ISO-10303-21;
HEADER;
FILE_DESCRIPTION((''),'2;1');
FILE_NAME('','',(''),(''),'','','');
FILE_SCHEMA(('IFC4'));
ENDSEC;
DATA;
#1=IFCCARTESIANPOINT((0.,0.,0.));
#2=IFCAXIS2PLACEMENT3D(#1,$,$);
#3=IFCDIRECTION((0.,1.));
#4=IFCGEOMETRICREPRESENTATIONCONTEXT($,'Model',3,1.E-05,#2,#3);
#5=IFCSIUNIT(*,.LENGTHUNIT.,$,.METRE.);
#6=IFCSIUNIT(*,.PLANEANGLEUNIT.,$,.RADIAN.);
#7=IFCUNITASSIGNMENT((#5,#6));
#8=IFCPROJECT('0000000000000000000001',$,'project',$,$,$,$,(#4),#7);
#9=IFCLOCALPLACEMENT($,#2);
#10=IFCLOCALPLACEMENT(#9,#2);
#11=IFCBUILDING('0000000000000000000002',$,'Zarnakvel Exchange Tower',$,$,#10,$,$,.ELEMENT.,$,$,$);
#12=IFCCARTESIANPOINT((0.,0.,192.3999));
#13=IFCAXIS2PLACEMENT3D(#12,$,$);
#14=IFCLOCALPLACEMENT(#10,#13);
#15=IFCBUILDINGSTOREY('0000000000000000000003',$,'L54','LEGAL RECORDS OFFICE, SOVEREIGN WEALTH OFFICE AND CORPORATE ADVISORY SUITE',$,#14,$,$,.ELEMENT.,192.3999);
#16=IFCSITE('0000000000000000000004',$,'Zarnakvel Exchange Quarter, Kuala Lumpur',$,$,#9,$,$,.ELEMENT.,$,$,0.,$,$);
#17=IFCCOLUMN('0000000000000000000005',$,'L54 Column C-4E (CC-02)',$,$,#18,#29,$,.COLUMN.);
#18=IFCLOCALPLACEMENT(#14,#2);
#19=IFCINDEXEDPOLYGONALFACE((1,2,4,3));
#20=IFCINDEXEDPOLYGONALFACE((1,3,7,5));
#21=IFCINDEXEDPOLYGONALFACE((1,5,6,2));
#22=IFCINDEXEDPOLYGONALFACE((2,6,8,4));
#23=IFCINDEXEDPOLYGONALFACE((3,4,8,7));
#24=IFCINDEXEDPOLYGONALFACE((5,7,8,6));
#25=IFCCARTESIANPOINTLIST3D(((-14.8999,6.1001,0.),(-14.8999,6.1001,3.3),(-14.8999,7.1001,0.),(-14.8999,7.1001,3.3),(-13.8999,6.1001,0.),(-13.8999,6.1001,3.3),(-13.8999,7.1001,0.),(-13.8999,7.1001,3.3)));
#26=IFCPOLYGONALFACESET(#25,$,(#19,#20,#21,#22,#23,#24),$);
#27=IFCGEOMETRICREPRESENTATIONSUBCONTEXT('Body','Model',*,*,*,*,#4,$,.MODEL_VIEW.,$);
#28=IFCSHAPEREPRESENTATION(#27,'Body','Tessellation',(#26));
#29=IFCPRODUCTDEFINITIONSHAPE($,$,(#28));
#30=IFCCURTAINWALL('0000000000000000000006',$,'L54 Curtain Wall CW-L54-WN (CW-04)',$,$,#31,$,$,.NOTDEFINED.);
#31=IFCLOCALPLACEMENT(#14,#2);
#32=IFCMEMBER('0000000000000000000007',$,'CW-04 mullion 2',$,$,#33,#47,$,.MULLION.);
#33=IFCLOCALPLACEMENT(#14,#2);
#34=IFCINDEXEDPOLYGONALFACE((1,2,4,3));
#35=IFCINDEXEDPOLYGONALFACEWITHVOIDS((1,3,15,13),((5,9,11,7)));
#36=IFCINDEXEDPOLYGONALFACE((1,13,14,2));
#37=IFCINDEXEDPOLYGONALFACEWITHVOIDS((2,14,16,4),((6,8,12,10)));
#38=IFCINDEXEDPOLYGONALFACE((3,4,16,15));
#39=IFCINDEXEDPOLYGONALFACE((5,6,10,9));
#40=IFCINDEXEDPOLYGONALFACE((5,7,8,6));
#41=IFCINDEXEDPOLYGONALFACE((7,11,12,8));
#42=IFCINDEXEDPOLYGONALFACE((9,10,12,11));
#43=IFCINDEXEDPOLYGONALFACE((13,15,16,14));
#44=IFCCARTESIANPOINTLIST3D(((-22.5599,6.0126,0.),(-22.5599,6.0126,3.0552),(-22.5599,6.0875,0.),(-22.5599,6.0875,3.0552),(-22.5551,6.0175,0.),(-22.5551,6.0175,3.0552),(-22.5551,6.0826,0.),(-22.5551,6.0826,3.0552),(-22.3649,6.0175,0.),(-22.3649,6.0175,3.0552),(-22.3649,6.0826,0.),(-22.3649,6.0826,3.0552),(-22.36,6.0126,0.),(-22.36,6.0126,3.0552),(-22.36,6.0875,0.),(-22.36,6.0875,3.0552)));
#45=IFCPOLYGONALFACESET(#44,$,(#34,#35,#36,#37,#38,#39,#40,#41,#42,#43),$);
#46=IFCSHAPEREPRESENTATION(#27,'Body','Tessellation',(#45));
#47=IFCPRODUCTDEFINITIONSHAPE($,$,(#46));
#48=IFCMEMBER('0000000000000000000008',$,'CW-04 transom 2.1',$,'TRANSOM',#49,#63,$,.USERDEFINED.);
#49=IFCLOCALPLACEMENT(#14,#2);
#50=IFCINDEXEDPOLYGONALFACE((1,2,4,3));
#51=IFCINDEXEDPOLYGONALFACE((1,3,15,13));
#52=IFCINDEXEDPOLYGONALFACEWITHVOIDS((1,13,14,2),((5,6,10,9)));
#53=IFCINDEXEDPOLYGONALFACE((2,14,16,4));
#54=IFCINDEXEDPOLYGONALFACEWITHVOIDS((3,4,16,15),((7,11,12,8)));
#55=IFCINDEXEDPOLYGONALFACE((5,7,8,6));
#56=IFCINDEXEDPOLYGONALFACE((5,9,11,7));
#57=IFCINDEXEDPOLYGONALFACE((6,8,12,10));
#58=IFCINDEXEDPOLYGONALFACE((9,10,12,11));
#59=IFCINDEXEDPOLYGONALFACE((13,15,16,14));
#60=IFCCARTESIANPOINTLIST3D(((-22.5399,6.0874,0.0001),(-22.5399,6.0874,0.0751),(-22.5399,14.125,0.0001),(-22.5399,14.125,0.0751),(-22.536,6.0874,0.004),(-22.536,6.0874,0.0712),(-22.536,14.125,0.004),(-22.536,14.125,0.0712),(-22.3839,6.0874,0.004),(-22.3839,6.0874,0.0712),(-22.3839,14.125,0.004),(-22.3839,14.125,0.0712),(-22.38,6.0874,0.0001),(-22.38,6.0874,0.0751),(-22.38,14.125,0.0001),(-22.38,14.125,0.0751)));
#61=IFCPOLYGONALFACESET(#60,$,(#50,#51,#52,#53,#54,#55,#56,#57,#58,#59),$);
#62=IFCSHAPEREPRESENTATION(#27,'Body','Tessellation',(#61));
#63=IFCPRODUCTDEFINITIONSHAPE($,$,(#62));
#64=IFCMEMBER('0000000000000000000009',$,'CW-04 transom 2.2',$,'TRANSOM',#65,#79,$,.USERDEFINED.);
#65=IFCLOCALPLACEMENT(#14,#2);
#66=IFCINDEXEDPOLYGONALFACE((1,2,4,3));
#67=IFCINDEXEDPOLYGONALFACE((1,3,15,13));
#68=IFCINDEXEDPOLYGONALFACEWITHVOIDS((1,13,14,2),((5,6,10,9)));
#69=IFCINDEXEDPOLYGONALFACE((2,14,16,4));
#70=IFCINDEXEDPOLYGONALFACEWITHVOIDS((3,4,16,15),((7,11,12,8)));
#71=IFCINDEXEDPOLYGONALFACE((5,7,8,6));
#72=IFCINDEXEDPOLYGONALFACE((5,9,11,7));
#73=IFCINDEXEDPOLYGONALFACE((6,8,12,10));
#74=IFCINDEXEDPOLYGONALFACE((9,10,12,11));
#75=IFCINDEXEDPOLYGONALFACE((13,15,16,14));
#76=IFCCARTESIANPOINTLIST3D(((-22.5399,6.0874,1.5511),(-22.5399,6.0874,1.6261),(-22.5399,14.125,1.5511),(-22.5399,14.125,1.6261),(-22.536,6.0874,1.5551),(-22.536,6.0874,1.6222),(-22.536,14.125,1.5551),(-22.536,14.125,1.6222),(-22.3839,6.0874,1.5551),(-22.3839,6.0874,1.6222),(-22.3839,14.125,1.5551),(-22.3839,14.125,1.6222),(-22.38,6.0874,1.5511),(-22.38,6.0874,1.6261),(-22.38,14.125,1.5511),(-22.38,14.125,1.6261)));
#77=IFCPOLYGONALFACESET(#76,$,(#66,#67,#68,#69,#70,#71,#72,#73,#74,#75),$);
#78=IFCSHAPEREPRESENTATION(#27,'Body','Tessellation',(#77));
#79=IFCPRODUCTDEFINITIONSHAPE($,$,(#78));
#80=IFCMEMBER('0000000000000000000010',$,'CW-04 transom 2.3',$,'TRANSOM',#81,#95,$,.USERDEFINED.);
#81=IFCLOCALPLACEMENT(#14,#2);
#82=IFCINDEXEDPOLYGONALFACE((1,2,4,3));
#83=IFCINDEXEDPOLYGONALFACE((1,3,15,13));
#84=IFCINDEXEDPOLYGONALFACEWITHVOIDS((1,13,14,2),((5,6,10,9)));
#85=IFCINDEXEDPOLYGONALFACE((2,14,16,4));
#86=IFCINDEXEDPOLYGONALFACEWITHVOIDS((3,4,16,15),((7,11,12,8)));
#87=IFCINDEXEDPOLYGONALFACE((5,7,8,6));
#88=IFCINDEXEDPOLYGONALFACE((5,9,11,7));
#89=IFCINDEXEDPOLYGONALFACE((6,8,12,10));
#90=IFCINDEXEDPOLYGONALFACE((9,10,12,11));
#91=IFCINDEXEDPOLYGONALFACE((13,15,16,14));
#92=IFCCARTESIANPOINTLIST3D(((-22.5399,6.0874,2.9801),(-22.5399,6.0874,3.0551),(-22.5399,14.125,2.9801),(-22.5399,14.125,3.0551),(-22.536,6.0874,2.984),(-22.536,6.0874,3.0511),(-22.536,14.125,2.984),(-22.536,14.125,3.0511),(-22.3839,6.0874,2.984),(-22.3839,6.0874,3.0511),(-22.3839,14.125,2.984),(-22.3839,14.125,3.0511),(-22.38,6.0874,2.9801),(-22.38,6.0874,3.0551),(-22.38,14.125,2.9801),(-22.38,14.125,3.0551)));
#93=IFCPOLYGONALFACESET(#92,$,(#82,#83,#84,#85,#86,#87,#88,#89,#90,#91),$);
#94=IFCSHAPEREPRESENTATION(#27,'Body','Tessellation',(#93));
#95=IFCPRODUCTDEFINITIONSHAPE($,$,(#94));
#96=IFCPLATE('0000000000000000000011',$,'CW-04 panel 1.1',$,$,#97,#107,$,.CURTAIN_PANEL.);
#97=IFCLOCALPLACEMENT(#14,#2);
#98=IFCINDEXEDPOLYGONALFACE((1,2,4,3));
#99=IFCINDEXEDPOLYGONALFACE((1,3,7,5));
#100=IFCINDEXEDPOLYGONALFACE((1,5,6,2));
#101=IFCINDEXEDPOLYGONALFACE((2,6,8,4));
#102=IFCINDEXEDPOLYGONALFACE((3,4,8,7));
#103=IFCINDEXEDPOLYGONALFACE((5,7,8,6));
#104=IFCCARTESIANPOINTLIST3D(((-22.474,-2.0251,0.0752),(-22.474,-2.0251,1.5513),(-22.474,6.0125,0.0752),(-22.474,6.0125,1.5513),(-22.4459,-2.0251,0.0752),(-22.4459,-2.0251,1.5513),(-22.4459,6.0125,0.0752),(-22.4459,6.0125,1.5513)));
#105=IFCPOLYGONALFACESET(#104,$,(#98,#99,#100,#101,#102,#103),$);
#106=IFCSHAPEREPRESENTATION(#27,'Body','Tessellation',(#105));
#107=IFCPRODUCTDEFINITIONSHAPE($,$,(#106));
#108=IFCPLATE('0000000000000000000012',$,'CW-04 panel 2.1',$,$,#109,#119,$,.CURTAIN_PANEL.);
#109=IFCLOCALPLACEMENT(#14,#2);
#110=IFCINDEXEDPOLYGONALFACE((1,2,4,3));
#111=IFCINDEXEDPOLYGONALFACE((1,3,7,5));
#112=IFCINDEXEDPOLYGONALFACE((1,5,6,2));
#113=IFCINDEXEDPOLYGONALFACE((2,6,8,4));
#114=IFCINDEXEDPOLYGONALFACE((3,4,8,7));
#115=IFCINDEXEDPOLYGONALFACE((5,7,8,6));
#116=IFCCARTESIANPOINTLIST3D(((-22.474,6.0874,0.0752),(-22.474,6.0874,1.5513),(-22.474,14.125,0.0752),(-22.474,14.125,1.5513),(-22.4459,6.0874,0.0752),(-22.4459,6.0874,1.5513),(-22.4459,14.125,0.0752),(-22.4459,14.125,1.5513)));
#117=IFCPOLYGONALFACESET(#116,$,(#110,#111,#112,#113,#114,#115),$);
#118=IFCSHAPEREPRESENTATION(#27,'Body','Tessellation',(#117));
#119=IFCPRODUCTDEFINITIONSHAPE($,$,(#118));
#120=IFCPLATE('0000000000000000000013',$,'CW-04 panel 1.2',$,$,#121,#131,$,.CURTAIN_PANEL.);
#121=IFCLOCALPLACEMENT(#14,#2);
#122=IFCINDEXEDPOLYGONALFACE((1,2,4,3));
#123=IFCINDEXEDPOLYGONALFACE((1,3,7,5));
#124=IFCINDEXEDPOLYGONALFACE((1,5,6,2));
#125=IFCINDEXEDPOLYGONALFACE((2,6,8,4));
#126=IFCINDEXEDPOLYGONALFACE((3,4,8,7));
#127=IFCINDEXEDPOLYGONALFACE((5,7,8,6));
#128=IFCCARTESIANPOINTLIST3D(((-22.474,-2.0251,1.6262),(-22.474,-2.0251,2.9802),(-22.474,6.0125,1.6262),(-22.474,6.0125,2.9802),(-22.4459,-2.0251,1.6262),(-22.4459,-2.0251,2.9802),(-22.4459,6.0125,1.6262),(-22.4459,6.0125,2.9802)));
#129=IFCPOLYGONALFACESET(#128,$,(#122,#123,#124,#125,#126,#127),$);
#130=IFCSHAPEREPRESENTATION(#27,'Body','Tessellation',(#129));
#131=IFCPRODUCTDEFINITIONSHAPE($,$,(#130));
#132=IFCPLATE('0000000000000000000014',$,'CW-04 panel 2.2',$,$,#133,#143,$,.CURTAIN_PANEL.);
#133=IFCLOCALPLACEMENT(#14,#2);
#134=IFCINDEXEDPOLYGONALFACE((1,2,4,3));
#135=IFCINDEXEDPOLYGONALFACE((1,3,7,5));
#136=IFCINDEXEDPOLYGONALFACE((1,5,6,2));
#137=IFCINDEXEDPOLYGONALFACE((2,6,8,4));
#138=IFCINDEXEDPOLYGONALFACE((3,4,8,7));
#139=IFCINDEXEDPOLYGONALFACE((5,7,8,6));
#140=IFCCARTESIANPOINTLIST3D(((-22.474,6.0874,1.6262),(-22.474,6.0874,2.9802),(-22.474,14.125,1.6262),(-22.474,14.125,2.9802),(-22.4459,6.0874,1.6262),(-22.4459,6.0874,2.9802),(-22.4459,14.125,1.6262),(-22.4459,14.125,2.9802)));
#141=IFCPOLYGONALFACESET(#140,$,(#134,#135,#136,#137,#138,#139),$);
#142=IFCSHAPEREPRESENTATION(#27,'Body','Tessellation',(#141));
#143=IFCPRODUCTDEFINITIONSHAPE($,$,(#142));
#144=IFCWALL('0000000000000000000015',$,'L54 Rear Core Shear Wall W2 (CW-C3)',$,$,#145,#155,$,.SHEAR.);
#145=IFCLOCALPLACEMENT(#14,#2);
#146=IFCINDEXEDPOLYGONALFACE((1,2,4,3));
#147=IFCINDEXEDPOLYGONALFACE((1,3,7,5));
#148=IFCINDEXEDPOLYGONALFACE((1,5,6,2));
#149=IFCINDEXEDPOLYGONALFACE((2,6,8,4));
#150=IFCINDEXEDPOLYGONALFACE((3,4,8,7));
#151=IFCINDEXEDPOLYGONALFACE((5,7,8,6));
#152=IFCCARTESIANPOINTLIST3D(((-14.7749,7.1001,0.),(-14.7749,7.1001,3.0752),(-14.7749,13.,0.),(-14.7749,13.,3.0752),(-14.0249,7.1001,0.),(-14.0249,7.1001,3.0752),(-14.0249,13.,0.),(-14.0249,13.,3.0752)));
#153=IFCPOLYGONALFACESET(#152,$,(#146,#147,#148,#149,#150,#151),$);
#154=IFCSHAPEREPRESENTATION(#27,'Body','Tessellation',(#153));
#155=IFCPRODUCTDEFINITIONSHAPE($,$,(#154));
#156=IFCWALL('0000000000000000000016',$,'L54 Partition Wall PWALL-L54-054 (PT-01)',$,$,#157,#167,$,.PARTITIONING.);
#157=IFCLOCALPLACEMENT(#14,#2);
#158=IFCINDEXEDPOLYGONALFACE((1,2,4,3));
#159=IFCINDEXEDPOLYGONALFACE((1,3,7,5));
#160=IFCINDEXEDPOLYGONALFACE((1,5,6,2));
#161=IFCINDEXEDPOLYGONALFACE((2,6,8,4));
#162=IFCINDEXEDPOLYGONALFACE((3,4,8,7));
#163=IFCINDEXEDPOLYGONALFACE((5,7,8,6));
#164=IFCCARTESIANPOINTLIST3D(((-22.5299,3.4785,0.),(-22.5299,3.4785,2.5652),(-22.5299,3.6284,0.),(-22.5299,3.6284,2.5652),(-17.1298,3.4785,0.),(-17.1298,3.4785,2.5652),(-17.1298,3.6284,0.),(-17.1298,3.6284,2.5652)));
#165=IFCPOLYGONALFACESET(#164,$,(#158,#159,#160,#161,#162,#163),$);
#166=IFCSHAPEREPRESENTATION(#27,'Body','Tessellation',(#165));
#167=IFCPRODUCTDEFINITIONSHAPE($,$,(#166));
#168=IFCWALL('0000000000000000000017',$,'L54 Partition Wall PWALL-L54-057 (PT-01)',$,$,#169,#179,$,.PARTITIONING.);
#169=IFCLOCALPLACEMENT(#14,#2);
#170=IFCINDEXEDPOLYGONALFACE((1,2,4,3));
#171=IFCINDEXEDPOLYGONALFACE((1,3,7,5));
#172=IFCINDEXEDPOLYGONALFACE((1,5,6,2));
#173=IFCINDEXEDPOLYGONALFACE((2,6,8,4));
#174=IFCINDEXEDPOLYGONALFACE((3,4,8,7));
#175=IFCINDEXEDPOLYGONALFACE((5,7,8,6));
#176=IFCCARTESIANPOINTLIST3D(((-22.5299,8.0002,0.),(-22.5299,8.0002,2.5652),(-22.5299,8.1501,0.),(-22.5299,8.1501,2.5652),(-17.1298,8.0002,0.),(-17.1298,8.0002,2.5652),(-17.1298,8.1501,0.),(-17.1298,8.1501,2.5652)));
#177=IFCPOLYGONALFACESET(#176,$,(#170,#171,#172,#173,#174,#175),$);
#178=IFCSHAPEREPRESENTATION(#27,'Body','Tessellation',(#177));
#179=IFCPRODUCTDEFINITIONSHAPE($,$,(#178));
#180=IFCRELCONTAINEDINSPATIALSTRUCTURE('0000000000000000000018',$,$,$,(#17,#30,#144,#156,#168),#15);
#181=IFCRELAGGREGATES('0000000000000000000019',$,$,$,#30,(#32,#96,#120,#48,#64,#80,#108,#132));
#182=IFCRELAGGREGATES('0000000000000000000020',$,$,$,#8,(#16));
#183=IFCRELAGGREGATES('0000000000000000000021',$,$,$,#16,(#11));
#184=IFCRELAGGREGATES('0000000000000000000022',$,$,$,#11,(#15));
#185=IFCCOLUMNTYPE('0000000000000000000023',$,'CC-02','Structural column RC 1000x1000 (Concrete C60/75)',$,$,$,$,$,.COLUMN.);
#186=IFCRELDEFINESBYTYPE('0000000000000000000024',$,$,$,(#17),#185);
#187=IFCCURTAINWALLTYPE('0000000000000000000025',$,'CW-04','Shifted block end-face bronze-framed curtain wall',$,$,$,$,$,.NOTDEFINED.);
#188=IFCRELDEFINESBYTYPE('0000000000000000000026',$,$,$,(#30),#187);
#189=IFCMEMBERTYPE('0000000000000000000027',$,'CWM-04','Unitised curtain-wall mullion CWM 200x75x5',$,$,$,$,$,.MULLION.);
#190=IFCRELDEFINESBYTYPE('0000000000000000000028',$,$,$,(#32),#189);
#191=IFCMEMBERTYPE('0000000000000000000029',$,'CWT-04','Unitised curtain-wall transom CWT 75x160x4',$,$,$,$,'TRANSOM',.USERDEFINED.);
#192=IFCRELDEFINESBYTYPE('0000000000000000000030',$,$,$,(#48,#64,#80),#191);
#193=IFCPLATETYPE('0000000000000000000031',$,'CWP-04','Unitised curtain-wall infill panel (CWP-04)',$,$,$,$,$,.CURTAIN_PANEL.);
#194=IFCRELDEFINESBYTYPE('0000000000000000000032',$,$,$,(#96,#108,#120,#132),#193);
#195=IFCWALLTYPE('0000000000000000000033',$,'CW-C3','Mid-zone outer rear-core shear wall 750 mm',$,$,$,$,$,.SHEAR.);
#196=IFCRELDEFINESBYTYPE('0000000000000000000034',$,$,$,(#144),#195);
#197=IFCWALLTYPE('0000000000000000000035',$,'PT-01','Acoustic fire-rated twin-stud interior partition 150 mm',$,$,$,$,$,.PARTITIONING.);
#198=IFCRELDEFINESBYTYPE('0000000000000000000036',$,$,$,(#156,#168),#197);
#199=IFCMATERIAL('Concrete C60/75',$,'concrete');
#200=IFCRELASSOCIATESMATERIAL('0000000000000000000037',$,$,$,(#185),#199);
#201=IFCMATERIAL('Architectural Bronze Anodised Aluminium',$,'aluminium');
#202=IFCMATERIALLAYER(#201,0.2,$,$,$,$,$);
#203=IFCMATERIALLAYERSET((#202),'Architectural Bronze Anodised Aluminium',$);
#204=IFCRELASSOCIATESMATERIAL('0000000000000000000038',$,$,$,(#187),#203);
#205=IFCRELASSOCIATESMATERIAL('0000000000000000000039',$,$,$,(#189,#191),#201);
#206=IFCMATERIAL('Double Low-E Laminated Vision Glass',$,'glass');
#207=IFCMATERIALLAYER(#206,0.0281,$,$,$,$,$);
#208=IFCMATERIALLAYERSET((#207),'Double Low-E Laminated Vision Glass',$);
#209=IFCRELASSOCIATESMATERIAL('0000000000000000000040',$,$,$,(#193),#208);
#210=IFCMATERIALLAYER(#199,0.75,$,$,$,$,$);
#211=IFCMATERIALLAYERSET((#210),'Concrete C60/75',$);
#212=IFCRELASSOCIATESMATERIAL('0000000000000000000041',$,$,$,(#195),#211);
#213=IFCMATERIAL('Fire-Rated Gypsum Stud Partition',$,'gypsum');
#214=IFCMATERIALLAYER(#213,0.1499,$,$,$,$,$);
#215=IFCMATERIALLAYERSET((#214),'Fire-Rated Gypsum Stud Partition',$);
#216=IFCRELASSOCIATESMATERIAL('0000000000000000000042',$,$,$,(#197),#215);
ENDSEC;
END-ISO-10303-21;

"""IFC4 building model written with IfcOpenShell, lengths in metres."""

from ifc_helpers import new_model, si_unit, direction, frame, frame_2d, origin, origin_2d, place, context, subcontext, project, spatial, rectangle, hollow_rectangle, extrude, source, transform, mapped, material, layer, layer_set, material_profile, profile_set, type_object, element, aggregate, save


model = new_model("IFC4")

# Units and contexts
model_context = context("Model", 3, precision=1e-05, world=origin(), true_north=direction((0.0, 1.0)))
body_context = subcontext(model_context, "Body", "Model", "MODEL_VIEW")
ifc_project = project(units=[si_unit("LENGTHUNIT", "METRE"), si_unit("PLANEANGLEUNIT", "RADIAN")], contexts=[model_context])

# Site, building, storey
site_placement = place(None, origin())
site = spatial("IfcSite", under=ifc_project, at=site_placement, Name="Zarnakvel Exchange Quarter, Kuala Lumpur", CompositionType="ELEMENT", RefElevation=0.0)
building_placement = place(site_placement, origin())
building = spatial("IfcBuilding", under=site, at=building_placement, Name="Zarnakvel Exchange Tower", CompositionType="ELEMENT")
storey_placement = place(building_placement, frame((0.0, 0.0, 192.3999)))
storey = spatial("IfcBuildingStorey", under=building, at=storey_placement, Name="L54", Description="LEGAL RECORDS OFFICE, SOVEREIGN WEALTH OFFICE AND CORPORATE ADVISORY SUITE", CompositionType="ELEMENT", Elevation=192.3999)

# Column
ifc_material_1 = material(Name="Concrete C60/75", Category="concrete")
ifc_material_profile_1 = material_profile(ifc_material_1, rectangle(XDim=1.0, YDim=1.0, at=origin_2d()))
ifc_profile_set_1 = profile_set([ifc_material_profile_1], Name="Concrete C60/75")
column_type = type_object("IfcColumnType", Name="CC-02", Description="Structural column RC 1000x1000 (Concrete C60/75)", PredefinedType="COLUMN", material=ifc_profile_set_1)
column_placement = place(storey_placement, frame((-14.3999, 6.6001, 0.0), z_axis=(0.0, 0.0, 1.0), x_axis=(1.0, 0.0, 0.0)))
element("IfcColumn", 1, at=column_placement, inside=storey, type_object=column_type, Name="L54 Column C-4E (CC-02)", PredefinedType="COLUMN", context=body_context, shape_type="SweptSolid", body=[
    extrude(rectangle(XDim=1.0, YDim=1.0, at=origin_2d()), origin(), (0.0, 0.0, 1.0), 3.3),
])

# Curtain wall, members, plates
ifc_material_2 = material(Name="Architectural Bronze Anodised Aluminium", Category="aluminium")
ifc_layer_1 = layer(ifc_material_2, 0.2)
ifc_layer_set_1 = layer_set([ifc_layer_1], Name="Architectural Bronze Anodised Aluminium")
curtain_wall_type = type_object("IfcCurtainWallType", Name="CW-04", Description="Shifted block end-face bronze-framed curtain wall", PredefinedType="NOTDEFINED", material=ifc_layer_set_1)
curtain_wall_placement = place(storey_placement, origin())
curtain_wall = element("IfcCurtainWall", 2, at=curtain_wall_placement, inside=storey, type_object=curtain_wall_type, Name="L54 Curtain Wall CW-L54-WN (CW-04)", PredefinedType="NOTDEFINED")
ifc_material_profile_2 = material_profile(ifc_material_2, hollow_rectangle(XDim=0.2, YDim=0.075, WallThickness=0.0049, at=origin_2d()))
ifc_profile_set_2 = profile_set([ifc_material_profile_2], Name="Architectural Bronze Anodised Aluminium")
member_type_1 = type_object("IfcMemberType", Name="CWM-04", Description="Unitised curtain-wall mullion CWM 200x75x5", PredefinedType="MULLION", material=ifc_profile_set_2)
shared_shape_1 = source(origin(), body_context, "Body", "SweptSolid", [
    extrude(hollow_rectangle(XDim=0.2, YDim=0.075, WallThickness=0.0049, at=origin_2d()), origin(), (0.0, 0.0, 1.0), 3.0552),
])
member_1_placement = place(storey_placement, frame((-22.46, 6.05, 0.0), z_axis=(0.0, 0.0, 1.0), x_axis=(-1.0, 0.0, 0.0)))
member_1 = element("IfcMember", 3, at=member_1_placement, type_object=member_type_1, Name="CW-04 mullion 2", PredefinedType="MULLION", context=body_context, shape_type="MappedRepresentation", body=[
    mapped(shared_shape_1, transform((0.0, 0.0, 0.0), x_axis=(1.0, 0.0, 0.0), y_axis=(0.0, 1.0, 0.0), z_axis=(0.0, 0.0, 1.0), scale=1.0)),
])
ifc_material_profile_3 = material_profile(ifc_material_2, hollow_rectangle(XDim=0.1599, YDim=0.075, WallThickness=0.0039, at=origin_2d()))
ifc_profile_set_3 = profile_set([ifc_material_profile_3], Name="Architectural Bronze Anodised Aluminium")
member_type_2 = type_object("IfcMemberType", Name="CWT-04", Description="Unitised curtain-wall transom CWT 75x160x4", ElementType="TRANSOM", PredefinedType="USERDEFINED", material=ifc_profile_set_3)
shared_shape_2 = source(origin(), body_context, "Body", "SweptSolid", [
    extrude(hollow_rectangle(XDim=0.1599, YDim=0.075, WallThickness=0.0039, at=origin_2d()), origin(), (0.0, 0.0, 1.0), 8.0376),
])
member_2_placement = place(storey_placement, frame((-22.46, 6.0874, 0.0376), z_axis=(0.0, 1.0, 0.0), x_axis=(-1.0, 0.0, 0.0)))
member_2 = element("IfcMember", 4, at=member_2_placement, type_object=member_type_2, Name="CW-04 transom 2.1", ObjectType="TRANSOM", PredefinedType="USERDEFINED", context=body_context, shape_type="MappedRepresentation", body=[
    mapped(shared_shape_2, transform((0.0, 0.0, 0.0), x_axis=(1.0, 0.0, 0.0), y_axis=(0.0, 1.0, 0.0), z_axis=(0.0, 0.0, 1.0), scale=1.0)),
])
member_3_placement = place(storey_placement, frame((-22.46, 6.0874, 1.5886), z_axis=(0.0, 1.0, 0.0), x_axis=(-1.0, 0.0, 0.0)))
member_3 = element("IfcMember", 5, at=member_3_placement, type_object=member_type_2, Name="CW-04 transom 2.2", ObjectType="TRANSOM", PredefinedType="USERDEFINED", context=body_context, shape_type="MappedRepresentation", body=[
    mapped(shared_shape_2, transform((0.0, 0.0, 0.0), x_axis=(1.0, 0.0, 0.0), y_axis=(0.0, 1.0, 0.0), z_axis=(0.0, 0.0, 1.0), scale=1.0)),
])
member_4_placement = place(storey_placement, frame((-22.46, 6.0874, 3.0176), z_axis=(0.0, 1.0, 0.0), x_axis=(-1.0, 0.0, 0.0)))
member_4 = element("IfcMember", 6, at=member_4_placement, type_object=member_type_2, Name="CW-04 transom 2.3", ObjectType="TRANSOM", PredefinedType="USERDEFINED", context=body_context, shape_type="MappedRepresentation", body=[
    mapped(shared_shape_2, transform((0.0, 0.0, 0.0), x_axis=(1.0, 0.0, 0.0), y_axis=(0.0, 1.0, 0.0), z_axis=(0.0, 0.0, 1.0), scale=1.0)),
])
ifc_material_3 = material(Name="Double Low-E Laminated Vision Glass", Category="glass")
ifc_layer_2 = layer(ifc_material_3, 0.0281)
ifc_layer_set_2 = layer_set([ifc_layer_2], Name="Double Low-E Laminated Vision Glass")
plate_type = type_object("IfcPlateType", Name="CWP-04", Description="Unitised curtain-wall infill panel (CWP-04)", PredefinedType="CURTAIN_PANEL", material=ifc_layer_set_2)
shared_shape_3 = source(origin(), body_context, "Body", "SweptSolid", [
    extrude(rectangle(XDim=8.0376, YDim=0.0281, at=origin_2d()), origin(), (0.0, 0.0, 1.0), 1.4761),
])
plate_1_placement = place(storey_placement, frame((-22.46, 1.9937, 0.0752), z_axis=(0.0, 0.0, 1.0), x_axis=(0.0, 1.0, 0.0)))
plate_1 = element("IfcPlate", 7, at=plate_1_placement, type_object=plate_type, Name="CW-04 panel 1.1", PredefinedType="CURTAIN_PANEL", context=body_context, shape_type="MappedRepresentation", body=[
    mapped(shared_shape_3, transform((0.0, 0.0, 0.0), x_axis=(1.0, 0.0, 0.0), y_axis=(0.0, 1.0, 0.0), z_axis=(0.0, 0.0, 1.0), scale=1.0)),
])
plate_2_placement = place(storey_placement, frame((-22.46, 10.1062, 0.0752), z_axis=(0.0, 0.0, 1.0), x_axis=(0.0, 1.0, 0.0)))
plate_2 = element("IfcPlate", 8, at=plate_2_placement, type_object=plate_type, Name="CW-04 panel 2.1", PredefinedType="CURTAIN_PANEL", context=body_context, shape_type="MappedRepresentation", body=[
    mapped(shared_shape_3, transform((0.0, 0.0, 0.0), x_axis=(1.0, 0.0, 0.0), y_axis=(0.0, 1.0, 0.0), z_axis=(0.0, 0.0, 1.0), scale=1.0)),
])
shared_shape_4 = source(origin(), body_context, "Body", "SweptSolid", [
    extrude(rectangle(XDim=8.0376, YDim=0.0281, at=origin_2d()), origin(), (0.0, 0.0, 1.0), 1.354),
])
plate_3_placement = place(storey_placement, frame((-22.46, 1.9937, 1.6262), z_axis=(0.0, 0.0, 1.0), x_axis=(0.0, 1.0, 0.0)))
plate_3 = element("IfcPlate", 9, at=plate_3_placement, type_object=plate_type, Name="CW-04 panel 1.2", PredefinedType="CURTAIN_PANEL", context=body_context, shape_type="MappedRepresentation", body=[
    mapped(shared_shape_4, transform((0.0, 0.0, 0.0), x_axis=(1.0, 0.0, 0.0), y_axis=(0.0, 1.0, 0.0), z_axis=(0.0, 0.0, 1.0), scale=1.0)),
])
plate_4_placement = place(storey_placement, frame((-22.46, 10.1062, 1.6262), z_axis=(0.0, 0.0, 1.0), x_axis=(0.0, 1.0, 0.0)))
plate_4 = element("IfcPlate", 10, at=plate_4_placement, type_object=plate_type, Name="CW-04 panel 2.2", PredefinedType="CURTAIN_PANEL", context=body_context, shape_type="MappedRepresentation", body=[
    mapped(shared_shape_4, transform((0.0, 0.0, 0.0), x_axis=(1.0, 0.0, 0.0), y_axis=(0.0, 1.0, 0.0), z_axis=(0.0, 0.0, 1.0), scale=1.0)),
])
aggregate(curtain_wall, [member_1, plate_1, plate_3, member_2, member_3, member_4, plate_2, plate_4])

# Walls
ifc_layer_3 = layer(ifc_material_1, 0.75)
ifc_layer_set_3 = layer_set([ifc_layer_3], Name="Concrete C60/75")
wall_type_1 = type_object("IfcWallType", Name="CW-C3", Description="Mid-zone outer rear-core shear wall 750 mm", PredefinedType="SHEAR", material=ifc_layer_set_3)
wall_1_placement = place(storey_placement, frame((-14.3999, 7.1001, 0.0), z_axis=(0.0, 0.0, 1.0), x_axis=(0.0, 1.0, 0.0)))
element("IfcWall", 11, at=wall_1_placement, inside=storey, type_object=wall_type_1, Name="L54 Rear Core Shear Wall W2 (CW-C3)", PredefinedType="SHEAR", context=body_context, shape_type="SweptSolid", body=[
    extrude(rectangle(XDim=5.8999, YDim=0.75, at=frame_2d((2.95, 0.0))), origin(), (0.0, 0.0, 1.0), 3.0752),
])
ifc_material_4 = material(Name="Fire-Rated Gypsum Stud Partition", Category="gypsum")
ifc_layer_4 = layer(ifc_material_4, 0.1499)
ifc_layer_set_4 = layer_set([ifc_layer_4], Name="Fire-Rated Gypsum Stud Partition")
wall_type_2 = type_object("IfcWallType", Name="PT-01", Description="Acoustic fire-rated twin-stud interior partition 150 mm", PredefinedType="PARTITIONING", material=ifc_layer_set_4)
wall_2_placement = place(storey_placement, frame((-22.53, 3.5535, 0.0), z_axis=(0.0, 0.0, 1.0), x_axis=(1.0, 0.0, 0.0)))
element("IfcWall", 12, at=wall_2_placement, inside=storey, type_object=wall_type_2, Name="L54 Partition Wall PWALL-L54-054 (PT-01)", PredefinedType="PARTITIONING", context=body_context, shape_type="SweptSolid", body=[
    extrude(rectangle(XDim=5.4001, YDim=0.1499, at=frame_2d((2.7002, 0.0))), origin(), (0.0, 0.0, 1.0), 2.5652),
])

# Wall
wall_3_placement = place(storey_placement, frame((-22.53, 8.0752, 0.0), z_axis=(0.0, 0.0, 1.0), x_axis=(1.0, 0.0, 0.0)))
element("IfcWall", 13, at=wall_3_placement, inside=storey, type_object=wall_type_2, Name="L54 Partition Wall PWALL-L54-057 (PT-01)", PredefinedType="PARTITIONING", context=body_context, shape_type="SweptSolid", body=[
    extrude(rectangle(XDim=5.4001, YDim=0.1499, at=frame_2d((2.7002, 0.0))), origin(), (0.0, 0.0, 1.0), 2.5652),
])

save(model, "model.ifc")
